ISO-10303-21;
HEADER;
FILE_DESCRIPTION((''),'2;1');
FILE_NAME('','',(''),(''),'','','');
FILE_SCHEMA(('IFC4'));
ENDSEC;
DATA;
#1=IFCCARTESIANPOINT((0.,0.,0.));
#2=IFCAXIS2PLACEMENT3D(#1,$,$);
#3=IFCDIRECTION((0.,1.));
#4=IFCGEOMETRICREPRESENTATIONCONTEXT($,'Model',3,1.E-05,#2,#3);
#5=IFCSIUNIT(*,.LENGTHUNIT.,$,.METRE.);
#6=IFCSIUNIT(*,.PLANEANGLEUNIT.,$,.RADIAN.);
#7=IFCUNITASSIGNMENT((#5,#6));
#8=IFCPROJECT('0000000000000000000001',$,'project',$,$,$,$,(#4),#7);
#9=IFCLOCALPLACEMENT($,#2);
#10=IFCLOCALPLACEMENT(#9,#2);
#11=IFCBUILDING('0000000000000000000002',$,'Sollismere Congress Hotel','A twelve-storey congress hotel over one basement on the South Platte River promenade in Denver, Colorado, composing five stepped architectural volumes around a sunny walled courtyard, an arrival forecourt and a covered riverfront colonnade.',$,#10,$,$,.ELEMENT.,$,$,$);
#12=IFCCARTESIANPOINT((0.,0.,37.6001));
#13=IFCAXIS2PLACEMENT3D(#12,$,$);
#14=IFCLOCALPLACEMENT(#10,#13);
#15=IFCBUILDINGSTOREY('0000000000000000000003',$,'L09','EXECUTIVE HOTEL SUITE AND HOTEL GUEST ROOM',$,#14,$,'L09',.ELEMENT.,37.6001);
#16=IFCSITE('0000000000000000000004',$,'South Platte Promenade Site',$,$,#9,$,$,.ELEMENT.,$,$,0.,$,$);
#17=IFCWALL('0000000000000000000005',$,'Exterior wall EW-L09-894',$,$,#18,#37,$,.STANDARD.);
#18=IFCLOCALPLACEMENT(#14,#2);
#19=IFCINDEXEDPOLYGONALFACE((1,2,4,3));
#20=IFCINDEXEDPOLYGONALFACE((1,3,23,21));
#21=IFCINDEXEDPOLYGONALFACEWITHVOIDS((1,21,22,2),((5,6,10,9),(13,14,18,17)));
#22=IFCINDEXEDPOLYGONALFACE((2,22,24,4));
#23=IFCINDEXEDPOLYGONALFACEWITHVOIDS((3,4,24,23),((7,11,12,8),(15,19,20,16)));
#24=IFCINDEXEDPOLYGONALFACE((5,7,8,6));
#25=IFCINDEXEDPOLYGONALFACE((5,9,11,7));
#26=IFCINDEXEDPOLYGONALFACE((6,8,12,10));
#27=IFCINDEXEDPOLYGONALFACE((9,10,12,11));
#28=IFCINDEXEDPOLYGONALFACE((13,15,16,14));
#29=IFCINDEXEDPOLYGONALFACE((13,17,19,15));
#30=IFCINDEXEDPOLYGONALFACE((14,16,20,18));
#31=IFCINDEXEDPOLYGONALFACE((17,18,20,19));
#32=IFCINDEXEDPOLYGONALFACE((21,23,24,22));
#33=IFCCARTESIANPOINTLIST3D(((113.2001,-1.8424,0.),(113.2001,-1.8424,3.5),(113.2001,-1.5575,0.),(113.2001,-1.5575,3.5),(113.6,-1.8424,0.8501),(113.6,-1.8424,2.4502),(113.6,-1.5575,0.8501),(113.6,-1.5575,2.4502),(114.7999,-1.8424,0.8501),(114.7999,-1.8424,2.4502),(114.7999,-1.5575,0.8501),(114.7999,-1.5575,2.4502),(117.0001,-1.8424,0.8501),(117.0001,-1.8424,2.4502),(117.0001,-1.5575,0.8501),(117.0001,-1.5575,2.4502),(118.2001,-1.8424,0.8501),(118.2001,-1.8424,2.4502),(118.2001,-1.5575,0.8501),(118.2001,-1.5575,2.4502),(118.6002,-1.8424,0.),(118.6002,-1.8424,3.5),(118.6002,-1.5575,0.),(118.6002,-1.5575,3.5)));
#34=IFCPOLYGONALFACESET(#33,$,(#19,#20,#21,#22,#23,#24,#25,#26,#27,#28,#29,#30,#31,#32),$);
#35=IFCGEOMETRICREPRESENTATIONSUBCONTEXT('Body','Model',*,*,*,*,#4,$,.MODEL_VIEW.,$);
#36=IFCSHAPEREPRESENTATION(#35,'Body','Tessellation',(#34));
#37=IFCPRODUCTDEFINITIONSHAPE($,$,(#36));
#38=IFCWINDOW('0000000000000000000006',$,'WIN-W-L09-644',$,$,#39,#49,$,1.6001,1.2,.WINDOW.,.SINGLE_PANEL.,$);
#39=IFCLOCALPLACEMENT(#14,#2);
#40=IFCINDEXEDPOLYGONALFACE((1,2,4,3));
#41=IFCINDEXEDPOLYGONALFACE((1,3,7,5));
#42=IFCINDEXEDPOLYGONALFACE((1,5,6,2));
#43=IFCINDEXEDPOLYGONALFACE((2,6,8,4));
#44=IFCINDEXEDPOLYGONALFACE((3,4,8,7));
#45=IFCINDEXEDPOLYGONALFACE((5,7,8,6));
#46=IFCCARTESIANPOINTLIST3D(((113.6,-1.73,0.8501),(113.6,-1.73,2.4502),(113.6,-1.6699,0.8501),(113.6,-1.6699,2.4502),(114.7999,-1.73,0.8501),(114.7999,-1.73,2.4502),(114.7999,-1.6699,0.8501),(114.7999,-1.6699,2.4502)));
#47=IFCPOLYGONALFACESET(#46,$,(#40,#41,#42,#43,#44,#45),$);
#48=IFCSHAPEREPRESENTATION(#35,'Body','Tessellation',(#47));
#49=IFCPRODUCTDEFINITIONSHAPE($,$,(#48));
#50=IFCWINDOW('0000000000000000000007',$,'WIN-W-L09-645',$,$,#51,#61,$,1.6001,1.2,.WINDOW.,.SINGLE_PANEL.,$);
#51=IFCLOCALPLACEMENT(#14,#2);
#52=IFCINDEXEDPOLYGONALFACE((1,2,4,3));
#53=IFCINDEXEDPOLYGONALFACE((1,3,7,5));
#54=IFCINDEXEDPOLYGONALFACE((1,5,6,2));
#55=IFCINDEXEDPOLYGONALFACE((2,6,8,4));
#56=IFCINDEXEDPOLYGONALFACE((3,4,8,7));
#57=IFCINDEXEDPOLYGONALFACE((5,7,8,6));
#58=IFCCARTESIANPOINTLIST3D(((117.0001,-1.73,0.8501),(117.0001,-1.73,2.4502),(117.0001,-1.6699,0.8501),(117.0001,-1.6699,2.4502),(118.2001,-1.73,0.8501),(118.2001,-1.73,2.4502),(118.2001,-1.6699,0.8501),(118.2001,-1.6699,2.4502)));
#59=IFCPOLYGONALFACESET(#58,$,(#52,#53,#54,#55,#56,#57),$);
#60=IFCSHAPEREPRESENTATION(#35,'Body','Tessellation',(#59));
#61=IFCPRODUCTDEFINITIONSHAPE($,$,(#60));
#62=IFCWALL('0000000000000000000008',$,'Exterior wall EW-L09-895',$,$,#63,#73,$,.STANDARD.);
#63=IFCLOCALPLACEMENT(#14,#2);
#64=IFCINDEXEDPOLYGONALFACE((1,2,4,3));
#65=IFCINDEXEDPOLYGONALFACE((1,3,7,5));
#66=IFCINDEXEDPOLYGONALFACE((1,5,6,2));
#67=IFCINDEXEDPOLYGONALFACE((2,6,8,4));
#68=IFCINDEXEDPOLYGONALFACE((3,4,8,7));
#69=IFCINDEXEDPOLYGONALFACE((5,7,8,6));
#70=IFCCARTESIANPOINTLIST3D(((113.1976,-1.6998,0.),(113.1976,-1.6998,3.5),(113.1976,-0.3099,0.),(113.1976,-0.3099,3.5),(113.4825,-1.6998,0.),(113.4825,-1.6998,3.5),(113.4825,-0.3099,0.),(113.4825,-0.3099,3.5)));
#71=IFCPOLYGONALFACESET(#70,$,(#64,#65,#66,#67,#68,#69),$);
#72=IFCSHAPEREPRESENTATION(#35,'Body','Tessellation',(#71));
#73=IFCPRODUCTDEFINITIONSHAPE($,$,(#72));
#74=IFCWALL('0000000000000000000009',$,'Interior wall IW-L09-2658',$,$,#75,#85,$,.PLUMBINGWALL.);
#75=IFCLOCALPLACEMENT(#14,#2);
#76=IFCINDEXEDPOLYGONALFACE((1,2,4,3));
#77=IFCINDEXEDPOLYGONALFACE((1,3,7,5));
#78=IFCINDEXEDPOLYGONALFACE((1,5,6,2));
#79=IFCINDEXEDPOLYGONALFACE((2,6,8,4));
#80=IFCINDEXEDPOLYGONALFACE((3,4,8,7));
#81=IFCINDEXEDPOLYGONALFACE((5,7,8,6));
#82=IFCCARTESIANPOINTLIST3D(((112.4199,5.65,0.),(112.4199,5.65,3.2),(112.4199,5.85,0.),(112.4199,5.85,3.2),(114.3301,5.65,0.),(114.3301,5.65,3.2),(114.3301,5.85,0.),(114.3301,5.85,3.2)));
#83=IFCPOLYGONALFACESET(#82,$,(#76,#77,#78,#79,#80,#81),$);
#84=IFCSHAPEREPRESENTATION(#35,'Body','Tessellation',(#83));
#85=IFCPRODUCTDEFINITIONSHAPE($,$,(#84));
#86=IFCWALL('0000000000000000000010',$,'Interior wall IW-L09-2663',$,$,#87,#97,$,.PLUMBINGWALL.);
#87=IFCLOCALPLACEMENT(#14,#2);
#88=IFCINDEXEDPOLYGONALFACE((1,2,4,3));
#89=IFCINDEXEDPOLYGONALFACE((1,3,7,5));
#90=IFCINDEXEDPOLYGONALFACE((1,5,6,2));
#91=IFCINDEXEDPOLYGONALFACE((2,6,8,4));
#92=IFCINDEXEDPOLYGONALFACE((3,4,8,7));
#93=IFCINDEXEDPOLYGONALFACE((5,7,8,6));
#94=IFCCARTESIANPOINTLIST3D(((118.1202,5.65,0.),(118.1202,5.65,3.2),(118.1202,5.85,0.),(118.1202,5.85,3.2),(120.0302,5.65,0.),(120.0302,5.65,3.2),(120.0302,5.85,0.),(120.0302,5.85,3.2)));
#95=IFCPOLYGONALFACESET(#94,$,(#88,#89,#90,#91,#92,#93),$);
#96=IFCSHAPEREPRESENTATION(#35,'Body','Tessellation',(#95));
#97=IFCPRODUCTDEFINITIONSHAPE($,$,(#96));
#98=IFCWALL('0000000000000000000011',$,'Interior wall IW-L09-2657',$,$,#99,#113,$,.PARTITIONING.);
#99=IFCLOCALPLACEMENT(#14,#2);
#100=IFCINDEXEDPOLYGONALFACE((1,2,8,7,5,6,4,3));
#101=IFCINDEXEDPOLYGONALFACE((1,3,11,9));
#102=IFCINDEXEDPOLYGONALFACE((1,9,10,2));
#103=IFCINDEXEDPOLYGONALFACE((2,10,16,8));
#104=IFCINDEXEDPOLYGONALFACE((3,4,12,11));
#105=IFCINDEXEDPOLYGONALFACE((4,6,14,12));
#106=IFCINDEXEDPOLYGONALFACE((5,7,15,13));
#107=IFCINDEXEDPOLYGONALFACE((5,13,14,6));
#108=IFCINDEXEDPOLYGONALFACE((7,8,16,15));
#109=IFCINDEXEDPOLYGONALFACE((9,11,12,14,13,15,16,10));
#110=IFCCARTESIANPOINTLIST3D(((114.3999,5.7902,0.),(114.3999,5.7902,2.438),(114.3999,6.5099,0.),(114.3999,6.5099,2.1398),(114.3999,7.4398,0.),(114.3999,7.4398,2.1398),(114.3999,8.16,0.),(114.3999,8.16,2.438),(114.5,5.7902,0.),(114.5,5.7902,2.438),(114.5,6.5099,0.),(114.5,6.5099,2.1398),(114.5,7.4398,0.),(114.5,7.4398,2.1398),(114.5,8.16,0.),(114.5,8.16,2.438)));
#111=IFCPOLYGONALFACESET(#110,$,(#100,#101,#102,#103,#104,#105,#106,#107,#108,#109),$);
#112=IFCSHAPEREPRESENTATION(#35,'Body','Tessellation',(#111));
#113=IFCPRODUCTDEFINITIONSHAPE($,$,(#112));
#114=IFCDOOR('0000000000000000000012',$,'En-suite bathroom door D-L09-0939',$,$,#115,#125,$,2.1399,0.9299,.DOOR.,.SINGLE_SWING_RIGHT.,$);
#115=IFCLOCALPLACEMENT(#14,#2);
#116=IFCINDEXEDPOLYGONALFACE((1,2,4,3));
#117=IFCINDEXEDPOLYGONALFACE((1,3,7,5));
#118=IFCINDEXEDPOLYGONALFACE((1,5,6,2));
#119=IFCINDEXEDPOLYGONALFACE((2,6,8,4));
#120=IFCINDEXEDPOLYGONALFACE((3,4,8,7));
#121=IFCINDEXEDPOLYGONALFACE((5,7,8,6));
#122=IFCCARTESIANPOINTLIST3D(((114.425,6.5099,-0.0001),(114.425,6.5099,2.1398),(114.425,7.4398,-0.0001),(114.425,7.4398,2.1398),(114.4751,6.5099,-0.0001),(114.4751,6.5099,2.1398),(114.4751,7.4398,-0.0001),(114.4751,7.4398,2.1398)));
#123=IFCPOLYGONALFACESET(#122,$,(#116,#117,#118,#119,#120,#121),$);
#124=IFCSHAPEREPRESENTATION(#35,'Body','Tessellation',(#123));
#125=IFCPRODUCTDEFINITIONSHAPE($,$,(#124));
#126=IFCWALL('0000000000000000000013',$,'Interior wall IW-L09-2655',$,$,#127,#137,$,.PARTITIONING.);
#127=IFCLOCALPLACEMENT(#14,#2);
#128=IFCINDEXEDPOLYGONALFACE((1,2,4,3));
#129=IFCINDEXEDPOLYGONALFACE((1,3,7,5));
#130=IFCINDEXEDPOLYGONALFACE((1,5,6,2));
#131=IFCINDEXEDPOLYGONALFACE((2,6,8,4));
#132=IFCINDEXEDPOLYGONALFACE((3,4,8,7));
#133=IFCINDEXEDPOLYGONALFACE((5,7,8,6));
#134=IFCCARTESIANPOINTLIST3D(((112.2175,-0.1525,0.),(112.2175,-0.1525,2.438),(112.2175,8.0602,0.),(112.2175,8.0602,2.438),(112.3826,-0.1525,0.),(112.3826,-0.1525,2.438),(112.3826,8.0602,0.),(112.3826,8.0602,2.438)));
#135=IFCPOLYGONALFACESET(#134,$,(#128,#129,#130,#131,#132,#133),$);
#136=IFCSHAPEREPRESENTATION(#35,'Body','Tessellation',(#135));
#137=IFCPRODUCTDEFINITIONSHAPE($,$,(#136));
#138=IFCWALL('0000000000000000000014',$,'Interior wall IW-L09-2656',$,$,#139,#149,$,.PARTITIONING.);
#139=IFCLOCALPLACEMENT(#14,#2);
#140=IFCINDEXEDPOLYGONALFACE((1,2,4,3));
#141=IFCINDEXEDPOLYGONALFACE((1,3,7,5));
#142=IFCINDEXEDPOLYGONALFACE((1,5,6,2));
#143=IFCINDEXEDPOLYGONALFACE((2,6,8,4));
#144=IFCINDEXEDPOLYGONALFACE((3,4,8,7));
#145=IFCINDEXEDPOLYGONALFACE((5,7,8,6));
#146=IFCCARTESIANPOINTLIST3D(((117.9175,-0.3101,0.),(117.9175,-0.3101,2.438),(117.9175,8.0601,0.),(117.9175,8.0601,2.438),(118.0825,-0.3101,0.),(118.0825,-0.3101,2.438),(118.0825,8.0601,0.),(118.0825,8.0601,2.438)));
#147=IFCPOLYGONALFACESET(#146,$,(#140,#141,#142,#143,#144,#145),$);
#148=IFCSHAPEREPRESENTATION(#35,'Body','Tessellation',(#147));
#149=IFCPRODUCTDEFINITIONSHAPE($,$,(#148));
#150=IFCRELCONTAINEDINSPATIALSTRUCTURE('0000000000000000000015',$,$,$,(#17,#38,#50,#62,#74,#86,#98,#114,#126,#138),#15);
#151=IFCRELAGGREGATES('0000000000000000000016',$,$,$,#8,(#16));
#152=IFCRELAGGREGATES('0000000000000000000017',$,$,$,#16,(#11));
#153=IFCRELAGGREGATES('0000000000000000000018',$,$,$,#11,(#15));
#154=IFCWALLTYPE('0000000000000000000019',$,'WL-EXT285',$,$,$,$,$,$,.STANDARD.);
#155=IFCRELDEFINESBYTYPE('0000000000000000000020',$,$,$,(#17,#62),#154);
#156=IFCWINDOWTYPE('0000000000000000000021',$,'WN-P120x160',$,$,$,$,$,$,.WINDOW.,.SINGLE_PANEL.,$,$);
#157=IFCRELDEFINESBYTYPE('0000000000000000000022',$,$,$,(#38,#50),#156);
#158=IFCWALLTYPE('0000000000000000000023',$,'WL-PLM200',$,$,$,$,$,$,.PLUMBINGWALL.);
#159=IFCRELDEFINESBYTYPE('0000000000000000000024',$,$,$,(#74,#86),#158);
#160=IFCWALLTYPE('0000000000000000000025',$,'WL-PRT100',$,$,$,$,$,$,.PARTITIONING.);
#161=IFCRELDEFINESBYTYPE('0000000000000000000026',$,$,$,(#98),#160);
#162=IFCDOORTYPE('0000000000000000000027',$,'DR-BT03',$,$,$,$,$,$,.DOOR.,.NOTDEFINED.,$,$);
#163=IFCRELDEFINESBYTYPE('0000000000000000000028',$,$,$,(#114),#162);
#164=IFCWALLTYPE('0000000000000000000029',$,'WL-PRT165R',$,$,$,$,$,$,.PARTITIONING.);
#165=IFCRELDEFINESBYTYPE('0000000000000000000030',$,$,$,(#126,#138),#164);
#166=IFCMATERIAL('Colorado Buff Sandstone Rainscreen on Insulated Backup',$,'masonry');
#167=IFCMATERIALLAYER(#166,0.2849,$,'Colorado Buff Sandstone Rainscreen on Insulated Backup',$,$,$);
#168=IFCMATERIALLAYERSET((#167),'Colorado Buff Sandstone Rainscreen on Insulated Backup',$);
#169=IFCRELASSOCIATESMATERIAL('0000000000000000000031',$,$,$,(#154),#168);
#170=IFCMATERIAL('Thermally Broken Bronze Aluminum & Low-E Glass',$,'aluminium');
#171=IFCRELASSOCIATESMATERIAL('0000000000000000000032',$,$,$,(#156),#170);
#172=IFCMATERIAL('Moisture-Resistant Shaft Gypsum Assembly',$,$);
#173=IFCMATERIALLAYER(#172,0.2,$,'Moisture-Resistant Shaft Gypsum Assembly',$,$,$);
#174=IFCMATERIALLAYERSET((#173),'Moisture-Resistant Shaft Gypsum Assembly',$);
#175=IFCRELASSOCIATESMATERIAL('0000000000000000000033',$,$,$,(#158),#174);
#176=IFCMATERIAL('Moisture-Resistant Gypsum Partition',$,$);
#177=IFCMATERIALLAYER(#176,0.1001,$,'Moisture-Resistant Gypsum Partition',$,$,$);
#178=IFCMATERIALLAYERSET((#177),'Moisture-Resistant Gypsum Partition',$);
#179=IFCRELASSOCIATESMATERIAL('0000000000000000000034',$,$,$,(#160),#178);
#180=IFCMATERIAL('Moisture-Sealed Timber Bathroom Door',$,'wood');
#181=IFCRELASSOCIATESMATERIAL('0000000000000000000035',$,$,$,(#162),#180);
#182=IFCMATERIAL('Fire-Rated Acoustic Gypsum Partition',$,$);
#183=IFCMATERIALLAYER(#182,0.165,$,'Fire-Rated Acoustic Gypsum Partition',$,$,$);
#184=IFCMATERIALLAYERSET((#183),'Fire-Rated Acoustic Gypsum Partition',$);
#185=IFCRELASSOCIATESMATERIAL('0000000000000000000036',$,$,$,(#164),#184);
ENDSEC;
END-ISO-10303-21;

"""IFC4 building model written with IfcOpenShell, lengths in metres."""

from ifc_helpers import new_model, si_unit, direction, frame, frame_2d, origin, place, context, subcontext, project, spatial, rectangle, extrude, material, layer, layer_set, type_object, element, fill, save


model = new_model("IFC4")

# Units and contexts
model_context = context("Model", 3, precision=1e-05, world=origin(), true_north=direction((0.0, 1.0)))
body_context = subcontext(model_context, "Body", "Model", "MODEL_VIEW")
ifc_project = project(units=[si_unit("LENGTHUNIT", "METRE"), si_unit("PLANEANGLEUNIT", "RADIAN")], contexts=[model_context])

# Site, building, storey
site_placement = place(None, origin())
site = spatial("IfcSite", under=ifc_project, at=site_placement, Name="South Platte Promenade Site", CompositionType="ELEMENT", RefElevation=0.0)
building_placement = place(site_placement, origin())
building = spatial("IfcBuilding", under=site, at=building_placement, Name="Sollismere Congress Hotel", Description="A twelve-storey congress hotel over one basement on the South Platte River promenade in Denver, Colorado, composing five stepped architectural volumes around a sunny walled courtyard, an arrival forecourt and a covered riverfront colonnade.", CompositionType="ELEMENT")
storey_placement = place(building_placement, frame((0.0, 0.0, 37.6001)))
storey = spatial("IfcBuildingStorey", under=building, at=storey_placement, Name="L09", Description="EXECUTIVE HOTEL SUITE AND HOTEL GUEST ROOM", LongName="L09", CompositionType="ELEMENT", Elevation=37.6001)

# Shared definitions
ifc_material_1 = material(Name="Colorado Buff Sandstone Rainscreen on Insulated Backup", Category="masonry")
ifc_layer_1 = layer(ifc_material_1, 0.2849, Name="Colorado Buff Sandstone Rainscreen on Insulated Backup")
ifc_layer_set_1 = layer_set([ifc_layer_1], Name="Colorado Buff Sandstone Rainscreen on Insulated Backup")
wall_type_1 = type_object("IfcWallType", Name="WL-EXT285", PredefinedType="STANDARD", material=ifc_layer_set_1)

# Wall, openings, windows
wall_1_placement = place(storey_placement, frame((113.2, -1.7, 0.0), z_axis=(0.0, 0.0, 1.0), x_axis=(1.0, 0.0, 0.0)))
wall_1 = element("IfcWall", 1, at=wall_1_placement, inside=storey, type_object=wall_type_1, Name="Exterior wall EW-L09-894", PredefinedType="STANDARD", context=body_context, shape_type="SweptSolid", body=[
    extrude(rectangle(XDim=5.4001, YDim=0.2849, at=frame_2d((2.7002, 0.0))), origin(), (0.0, 0.0, 1.0), 3.5),
])
opening_1_placement = place(wall_1_placement, frame((0.3999, 0.0, 0.8501)))
opening_1 = element("IfcOpeningElement", 2, at=opening_1_placement, cuts=wall_1, PredefinedType="OPENING", context=body_context, shape_type="SweptSolid", body=[
    extrude(rectangle(XDim=1.2, YDim=1.6001, at=frame_2d((0.6001, 0.8))), frame((0.0, 0.1523, 0.0), z_axis=(0.0, -1.0, 0.0), x_axis=(1.0, 0.0, 0.0)), (0.0, 0.0, 1.0), 0.3049),
])
opening_2_placement = place(wall_1_placement, frame((3.8, 0.0, 0.8501)))
opening_2 = element("IfcOpeningElement", 3, at=opening_2_placement, cuts=wall_1, PredefinedType="OPENING", context=body_context, shape_type="SweptSolid", body=[
    extrude(rectangle(XDim=1.2, YDim=1.6001, at=frame_2d((0.6001, 0.8))), frame((0.0, 0.1523, 0.0), z_axis=(0.0, -1.0, 0.0), x_axis=(1.0, 0.0, 0.0)), (0.0, 0.0, 1.0), 0.3049),
])
ifc_material_2 = material(Name="Thermally Broken Bronze Aluminum & Low-E Glass", Category="aluminium")
window_type = type_object("IfcWindowType", Name="WN-P120x160", PartitioningType="SINGLE_PANEL", PredefinedType="WINDOW", material=ifc_material_2)
window_1_placement = place(opening_1_placement, origin())
window_1 = element("IfcWindow", 4, at=window_1_placement, inside=storey, type_object=window_type, Name="WIN-W-L09-644", OverallHeight=1.6001, OverallWidth=1.2, PartitioningType="SINGLE_PANEL", PredefinedType="WINDOW", context=body_context, shape_type="SweptSolid", body=[
    extrude(rectangle(XDim=1.2, YDim=1.6001, at=frame_2d((0.6001, 0.8))), frame((0.0, 0.03, 0.0), z_axis=(0.0, -1.0, 0.0), x_axis=(1.0, 0.0, 0.0)), (0.0, 0.0, 1.0), 0.0601),
])
fill(opening_1, window_1)
window_2_placement = place(opening_2_placement, origin())
window_2 = element("IfcWindow", 5, at=window_2_placement, inside=storey, type_object=window_type, Name="WIN-W-L09-645", OverallHeight=1.6001, OverallWidth=1.2, PartitioningType="SINGLE_PANEL", PredefinedType="WINDOW", context=body_context, shape_type="SweptSolid", body=[
    extrude(rectangle(XDim=1.2, YDim=1.6001, at=frame_2d((0.6001, 0.8))), frame((0.0, 0.03, 0.0), z_axis=(0.0, -1.0, 0.0), x_axis=(1.0, 0.0, 0.0)), (0.0, 0.0, 1.0), 0.0601),
])
fill(opening_2, window_2)

# Walls
wall_2_placement = place(storey_placement, frame((113.3401, -0.3101, 0.0), z_axis=(0.0, 0.0, 1.0), x_axis=(0.0, -1.0, 0.0)))
element("IfcWall", 6, at=wall_2_placement, inside=storey, type_object=wall_type_1, Name="Exterior wall EW-L09-895", PredefinedType="STANDARD", context=body_context, shape_type="SweptSolid", body=[
    extrude(rectangle(XDim=1.3899, YDim=0.2849, at=frame_2d((0.6948, 0.0))), origin(), (0.0, 0.0, 1.0), 3.5),
])
ifc_material_3 = material(Name="Moisture-Resistant Shaft Gypsum Assembly")
ifc_layer_2 = layer(ifc_material_3, 0.2, Name="Moisture-Resistant Shaft Gypsum Assembly")
ifc_layer_set_2 = layer_set([ifc_layer_2], Name="Moisture-Resistant Shaft Gypsum Assembly")
wall_type_2 = type_object("IfcWallType", Name="WL-PLM200", PredefinedType="PLUMBINGWALL", material=ifc_layer_set_2)
wall_3_placement = place(storey_placement, frame((112.4199, 5.75, 0.0), z_axis=(0.0, 0.0, 1.0), x_axis=(1.0, 0.0, 0.0)))
element("IfcWall", 7, at=wall_3_placement, inside=storey, type_object=wall_type_2, Name="Interior wall IW-L09-2658", PredefinedType="PLUMBINGWALL", context=body_context, shape_type="SweptSolid", body=[
    extrude(rectangle(XDim=1.9102, YDim=0.2, at=frame_2d((0.9551, 0.0))), origin(), (0.0, 0.0, 1.0), 3.2),
])
wall_4_placement = place(storey_placement, frame((118.1201, 5.75, 0.0), z_axis=(0.0, 0.0, 1.0), x_axis=(1.0, 0.0, 0.0)))
element("IfcWall", 8, at=wall_4_placement, inside=storey, type_object=wall_type_2, Name="Interior wall IW-L09-2663", PredefinedType="PLUMBINGWALL", context=body_context, shape_type="SweptSolid", body=[
    extrude(rectangle(XDim=1.9099, YDim=0.2, at=frame_2d((0.9551, 0.0))), origin(), (0.0, 0.0, 1.0), 3.2),
])

# Wall, opening, door
ifc_material_4 = material(Name="Moisture-Resistant Gypsum Partition")
ifc_layer_3 = layer(ifc_material_4, 0.1001, Name="Moisture-Resistant Gypsum Partition")
ifc_layer_set_3 = layer_set([ifc_layer_3], Name="Moisture-Resistant Gypsum Partition")
wall_type_3 = type_object("IfcWallType", Name="WL-PRT100", PredefinedType="PARTITIONING", material=ifc_layer_set_3)
wall_5_placement = place(storey_placement, frame((114.45, 5.79, 0.0), z_axis=(0.0, 0.0, 1.0), x_axis=(0.0, 1.0, 0.0)))
wall_5 = element("IfcWall", 9, at=wall_5_placement, inside=storey, type_object=wall_type_3, Name="Interior wall IW-L09-2657", PredefinedType="PARTITIONING", context=body_context, shape_type="SweptSolid", body=[
    extrude(rectangle(XDim=2.3699, YDim=0.1001, at=frame_2d((1.1851, 0.0))), origin(), (0.0, 0.0, 1.0), 2.438),
])
opening_3_placement = place(wall_5_placement, frame((0.72, 0.0, 0.0)))
opening_3 = element("IfcOpeningElement", 10, at=opening_3_placement, cuts=wall_5, PredefinedType="OPENING", context=body_context, shape_type="SweptSolid", body=[
    extrude(rectangle(XDim=0.9299, YDim=2.1399, at=frame_2d((0.4648, 1.0698))), frame((0.0, 0.0601, 0.0), z_axis=(0.0, -1.0, 0.0), x_axis=(1.0, 0.0, 0.0)), (0.0, 0.0, 1.0), 0.1201),
])
ifc_material_5 = material(Name="Moisture-Sealed Timber Bathroom Door", Category="wood")
door_type = type_object("IfcDoorType", Name="DR-BT03", OperationType="NOTDEFINED", PredefinedType="DOOR", material=ifc_material_5)
door_placement = place(opening_3_placement, origin())
door = element("IfcDoor", 11, at=door_placement, inside=storey, type_object=door_type, Name="En-suite bathroom door D-L09-0939", OperationType="SINGLE_SWING_RIGHT", OverallHeight=2.1399, OverallWidth=0.9299, PredefinedType="DOOR", context=body_context, shape_type="SweptSolid", body=[
    extrude(rectangle(XDim=0.9299, YDim=2.1399, at=frame_2d((0.4648, 1.0698))), frame((0.0, 0.0249, 0.0), z_axis=(0.0, -1.0, 0.0), x_axis=(1.0, 0.0, 0.0)), (0.0, 0.0, 1.0), 0.05),
])
fill(opening_3, door)

# Walls
ifc_material_6 = material(Name="Fire-Rated Acoustic Gypsum Partition")
ifc_layer_4 = layer(ifc_material_6, 0.165, Name="Fire-Rated Acoustic Gypsum Partition")
ifc_layer_set_4 = layer_set([ifc_layer_4], Name="Fire-Rated Acoustic Gypsum Partition")
wall_type_4 = type_object("IfcWallType", Name="WL-PRT165R", PredefinedType="PARTITIONING", material=ifc_layer_set_4)
wall_6_placement = place(storey_placement, frame((112.3, -0.1526, 0.0), z_axis=(0.0, 0.0, 1.0), x_axis=(0.0, 1.0, 0.0)))
element("IfcWall", 12, at=wall_6_placement, inside=storey, type_object=wall_type_4, Name="Interior wall IW-L09-2655", PredefinedType="PARTITIONING", context=body_context, shape_type="SweptSolid", body=[
    extrude(rectangle(XDim=8.2126, YDim=0.165, at=frame_2d((4.1064, 0.0))), origin(), (0.0, 0.0, 1.0), 2.438),
])
wall_7_placement = place(storey_placement, frame((118.0, -0.3101, 0.0), z_axis=(0.0, 0.0, 1.0), x_axis=(0.0, 1.0, 0.0)))
element("IfcWall", 13, at=wall_7_placement, inside=storey, type_object=wall_type_4, Name="Interior wall IW-L09-2656", PredefinedType="PARTITIONING", context=body_context, shape_type="SweptSolid", body=[
    extrude(rectangle(XDim=8.3701, YDim=0.165, at=frame_2d((4.1851, 0.0))), origin(), (0.0, 0.0, 1.0), 2.438),
])

save(model, "model.ifc")
